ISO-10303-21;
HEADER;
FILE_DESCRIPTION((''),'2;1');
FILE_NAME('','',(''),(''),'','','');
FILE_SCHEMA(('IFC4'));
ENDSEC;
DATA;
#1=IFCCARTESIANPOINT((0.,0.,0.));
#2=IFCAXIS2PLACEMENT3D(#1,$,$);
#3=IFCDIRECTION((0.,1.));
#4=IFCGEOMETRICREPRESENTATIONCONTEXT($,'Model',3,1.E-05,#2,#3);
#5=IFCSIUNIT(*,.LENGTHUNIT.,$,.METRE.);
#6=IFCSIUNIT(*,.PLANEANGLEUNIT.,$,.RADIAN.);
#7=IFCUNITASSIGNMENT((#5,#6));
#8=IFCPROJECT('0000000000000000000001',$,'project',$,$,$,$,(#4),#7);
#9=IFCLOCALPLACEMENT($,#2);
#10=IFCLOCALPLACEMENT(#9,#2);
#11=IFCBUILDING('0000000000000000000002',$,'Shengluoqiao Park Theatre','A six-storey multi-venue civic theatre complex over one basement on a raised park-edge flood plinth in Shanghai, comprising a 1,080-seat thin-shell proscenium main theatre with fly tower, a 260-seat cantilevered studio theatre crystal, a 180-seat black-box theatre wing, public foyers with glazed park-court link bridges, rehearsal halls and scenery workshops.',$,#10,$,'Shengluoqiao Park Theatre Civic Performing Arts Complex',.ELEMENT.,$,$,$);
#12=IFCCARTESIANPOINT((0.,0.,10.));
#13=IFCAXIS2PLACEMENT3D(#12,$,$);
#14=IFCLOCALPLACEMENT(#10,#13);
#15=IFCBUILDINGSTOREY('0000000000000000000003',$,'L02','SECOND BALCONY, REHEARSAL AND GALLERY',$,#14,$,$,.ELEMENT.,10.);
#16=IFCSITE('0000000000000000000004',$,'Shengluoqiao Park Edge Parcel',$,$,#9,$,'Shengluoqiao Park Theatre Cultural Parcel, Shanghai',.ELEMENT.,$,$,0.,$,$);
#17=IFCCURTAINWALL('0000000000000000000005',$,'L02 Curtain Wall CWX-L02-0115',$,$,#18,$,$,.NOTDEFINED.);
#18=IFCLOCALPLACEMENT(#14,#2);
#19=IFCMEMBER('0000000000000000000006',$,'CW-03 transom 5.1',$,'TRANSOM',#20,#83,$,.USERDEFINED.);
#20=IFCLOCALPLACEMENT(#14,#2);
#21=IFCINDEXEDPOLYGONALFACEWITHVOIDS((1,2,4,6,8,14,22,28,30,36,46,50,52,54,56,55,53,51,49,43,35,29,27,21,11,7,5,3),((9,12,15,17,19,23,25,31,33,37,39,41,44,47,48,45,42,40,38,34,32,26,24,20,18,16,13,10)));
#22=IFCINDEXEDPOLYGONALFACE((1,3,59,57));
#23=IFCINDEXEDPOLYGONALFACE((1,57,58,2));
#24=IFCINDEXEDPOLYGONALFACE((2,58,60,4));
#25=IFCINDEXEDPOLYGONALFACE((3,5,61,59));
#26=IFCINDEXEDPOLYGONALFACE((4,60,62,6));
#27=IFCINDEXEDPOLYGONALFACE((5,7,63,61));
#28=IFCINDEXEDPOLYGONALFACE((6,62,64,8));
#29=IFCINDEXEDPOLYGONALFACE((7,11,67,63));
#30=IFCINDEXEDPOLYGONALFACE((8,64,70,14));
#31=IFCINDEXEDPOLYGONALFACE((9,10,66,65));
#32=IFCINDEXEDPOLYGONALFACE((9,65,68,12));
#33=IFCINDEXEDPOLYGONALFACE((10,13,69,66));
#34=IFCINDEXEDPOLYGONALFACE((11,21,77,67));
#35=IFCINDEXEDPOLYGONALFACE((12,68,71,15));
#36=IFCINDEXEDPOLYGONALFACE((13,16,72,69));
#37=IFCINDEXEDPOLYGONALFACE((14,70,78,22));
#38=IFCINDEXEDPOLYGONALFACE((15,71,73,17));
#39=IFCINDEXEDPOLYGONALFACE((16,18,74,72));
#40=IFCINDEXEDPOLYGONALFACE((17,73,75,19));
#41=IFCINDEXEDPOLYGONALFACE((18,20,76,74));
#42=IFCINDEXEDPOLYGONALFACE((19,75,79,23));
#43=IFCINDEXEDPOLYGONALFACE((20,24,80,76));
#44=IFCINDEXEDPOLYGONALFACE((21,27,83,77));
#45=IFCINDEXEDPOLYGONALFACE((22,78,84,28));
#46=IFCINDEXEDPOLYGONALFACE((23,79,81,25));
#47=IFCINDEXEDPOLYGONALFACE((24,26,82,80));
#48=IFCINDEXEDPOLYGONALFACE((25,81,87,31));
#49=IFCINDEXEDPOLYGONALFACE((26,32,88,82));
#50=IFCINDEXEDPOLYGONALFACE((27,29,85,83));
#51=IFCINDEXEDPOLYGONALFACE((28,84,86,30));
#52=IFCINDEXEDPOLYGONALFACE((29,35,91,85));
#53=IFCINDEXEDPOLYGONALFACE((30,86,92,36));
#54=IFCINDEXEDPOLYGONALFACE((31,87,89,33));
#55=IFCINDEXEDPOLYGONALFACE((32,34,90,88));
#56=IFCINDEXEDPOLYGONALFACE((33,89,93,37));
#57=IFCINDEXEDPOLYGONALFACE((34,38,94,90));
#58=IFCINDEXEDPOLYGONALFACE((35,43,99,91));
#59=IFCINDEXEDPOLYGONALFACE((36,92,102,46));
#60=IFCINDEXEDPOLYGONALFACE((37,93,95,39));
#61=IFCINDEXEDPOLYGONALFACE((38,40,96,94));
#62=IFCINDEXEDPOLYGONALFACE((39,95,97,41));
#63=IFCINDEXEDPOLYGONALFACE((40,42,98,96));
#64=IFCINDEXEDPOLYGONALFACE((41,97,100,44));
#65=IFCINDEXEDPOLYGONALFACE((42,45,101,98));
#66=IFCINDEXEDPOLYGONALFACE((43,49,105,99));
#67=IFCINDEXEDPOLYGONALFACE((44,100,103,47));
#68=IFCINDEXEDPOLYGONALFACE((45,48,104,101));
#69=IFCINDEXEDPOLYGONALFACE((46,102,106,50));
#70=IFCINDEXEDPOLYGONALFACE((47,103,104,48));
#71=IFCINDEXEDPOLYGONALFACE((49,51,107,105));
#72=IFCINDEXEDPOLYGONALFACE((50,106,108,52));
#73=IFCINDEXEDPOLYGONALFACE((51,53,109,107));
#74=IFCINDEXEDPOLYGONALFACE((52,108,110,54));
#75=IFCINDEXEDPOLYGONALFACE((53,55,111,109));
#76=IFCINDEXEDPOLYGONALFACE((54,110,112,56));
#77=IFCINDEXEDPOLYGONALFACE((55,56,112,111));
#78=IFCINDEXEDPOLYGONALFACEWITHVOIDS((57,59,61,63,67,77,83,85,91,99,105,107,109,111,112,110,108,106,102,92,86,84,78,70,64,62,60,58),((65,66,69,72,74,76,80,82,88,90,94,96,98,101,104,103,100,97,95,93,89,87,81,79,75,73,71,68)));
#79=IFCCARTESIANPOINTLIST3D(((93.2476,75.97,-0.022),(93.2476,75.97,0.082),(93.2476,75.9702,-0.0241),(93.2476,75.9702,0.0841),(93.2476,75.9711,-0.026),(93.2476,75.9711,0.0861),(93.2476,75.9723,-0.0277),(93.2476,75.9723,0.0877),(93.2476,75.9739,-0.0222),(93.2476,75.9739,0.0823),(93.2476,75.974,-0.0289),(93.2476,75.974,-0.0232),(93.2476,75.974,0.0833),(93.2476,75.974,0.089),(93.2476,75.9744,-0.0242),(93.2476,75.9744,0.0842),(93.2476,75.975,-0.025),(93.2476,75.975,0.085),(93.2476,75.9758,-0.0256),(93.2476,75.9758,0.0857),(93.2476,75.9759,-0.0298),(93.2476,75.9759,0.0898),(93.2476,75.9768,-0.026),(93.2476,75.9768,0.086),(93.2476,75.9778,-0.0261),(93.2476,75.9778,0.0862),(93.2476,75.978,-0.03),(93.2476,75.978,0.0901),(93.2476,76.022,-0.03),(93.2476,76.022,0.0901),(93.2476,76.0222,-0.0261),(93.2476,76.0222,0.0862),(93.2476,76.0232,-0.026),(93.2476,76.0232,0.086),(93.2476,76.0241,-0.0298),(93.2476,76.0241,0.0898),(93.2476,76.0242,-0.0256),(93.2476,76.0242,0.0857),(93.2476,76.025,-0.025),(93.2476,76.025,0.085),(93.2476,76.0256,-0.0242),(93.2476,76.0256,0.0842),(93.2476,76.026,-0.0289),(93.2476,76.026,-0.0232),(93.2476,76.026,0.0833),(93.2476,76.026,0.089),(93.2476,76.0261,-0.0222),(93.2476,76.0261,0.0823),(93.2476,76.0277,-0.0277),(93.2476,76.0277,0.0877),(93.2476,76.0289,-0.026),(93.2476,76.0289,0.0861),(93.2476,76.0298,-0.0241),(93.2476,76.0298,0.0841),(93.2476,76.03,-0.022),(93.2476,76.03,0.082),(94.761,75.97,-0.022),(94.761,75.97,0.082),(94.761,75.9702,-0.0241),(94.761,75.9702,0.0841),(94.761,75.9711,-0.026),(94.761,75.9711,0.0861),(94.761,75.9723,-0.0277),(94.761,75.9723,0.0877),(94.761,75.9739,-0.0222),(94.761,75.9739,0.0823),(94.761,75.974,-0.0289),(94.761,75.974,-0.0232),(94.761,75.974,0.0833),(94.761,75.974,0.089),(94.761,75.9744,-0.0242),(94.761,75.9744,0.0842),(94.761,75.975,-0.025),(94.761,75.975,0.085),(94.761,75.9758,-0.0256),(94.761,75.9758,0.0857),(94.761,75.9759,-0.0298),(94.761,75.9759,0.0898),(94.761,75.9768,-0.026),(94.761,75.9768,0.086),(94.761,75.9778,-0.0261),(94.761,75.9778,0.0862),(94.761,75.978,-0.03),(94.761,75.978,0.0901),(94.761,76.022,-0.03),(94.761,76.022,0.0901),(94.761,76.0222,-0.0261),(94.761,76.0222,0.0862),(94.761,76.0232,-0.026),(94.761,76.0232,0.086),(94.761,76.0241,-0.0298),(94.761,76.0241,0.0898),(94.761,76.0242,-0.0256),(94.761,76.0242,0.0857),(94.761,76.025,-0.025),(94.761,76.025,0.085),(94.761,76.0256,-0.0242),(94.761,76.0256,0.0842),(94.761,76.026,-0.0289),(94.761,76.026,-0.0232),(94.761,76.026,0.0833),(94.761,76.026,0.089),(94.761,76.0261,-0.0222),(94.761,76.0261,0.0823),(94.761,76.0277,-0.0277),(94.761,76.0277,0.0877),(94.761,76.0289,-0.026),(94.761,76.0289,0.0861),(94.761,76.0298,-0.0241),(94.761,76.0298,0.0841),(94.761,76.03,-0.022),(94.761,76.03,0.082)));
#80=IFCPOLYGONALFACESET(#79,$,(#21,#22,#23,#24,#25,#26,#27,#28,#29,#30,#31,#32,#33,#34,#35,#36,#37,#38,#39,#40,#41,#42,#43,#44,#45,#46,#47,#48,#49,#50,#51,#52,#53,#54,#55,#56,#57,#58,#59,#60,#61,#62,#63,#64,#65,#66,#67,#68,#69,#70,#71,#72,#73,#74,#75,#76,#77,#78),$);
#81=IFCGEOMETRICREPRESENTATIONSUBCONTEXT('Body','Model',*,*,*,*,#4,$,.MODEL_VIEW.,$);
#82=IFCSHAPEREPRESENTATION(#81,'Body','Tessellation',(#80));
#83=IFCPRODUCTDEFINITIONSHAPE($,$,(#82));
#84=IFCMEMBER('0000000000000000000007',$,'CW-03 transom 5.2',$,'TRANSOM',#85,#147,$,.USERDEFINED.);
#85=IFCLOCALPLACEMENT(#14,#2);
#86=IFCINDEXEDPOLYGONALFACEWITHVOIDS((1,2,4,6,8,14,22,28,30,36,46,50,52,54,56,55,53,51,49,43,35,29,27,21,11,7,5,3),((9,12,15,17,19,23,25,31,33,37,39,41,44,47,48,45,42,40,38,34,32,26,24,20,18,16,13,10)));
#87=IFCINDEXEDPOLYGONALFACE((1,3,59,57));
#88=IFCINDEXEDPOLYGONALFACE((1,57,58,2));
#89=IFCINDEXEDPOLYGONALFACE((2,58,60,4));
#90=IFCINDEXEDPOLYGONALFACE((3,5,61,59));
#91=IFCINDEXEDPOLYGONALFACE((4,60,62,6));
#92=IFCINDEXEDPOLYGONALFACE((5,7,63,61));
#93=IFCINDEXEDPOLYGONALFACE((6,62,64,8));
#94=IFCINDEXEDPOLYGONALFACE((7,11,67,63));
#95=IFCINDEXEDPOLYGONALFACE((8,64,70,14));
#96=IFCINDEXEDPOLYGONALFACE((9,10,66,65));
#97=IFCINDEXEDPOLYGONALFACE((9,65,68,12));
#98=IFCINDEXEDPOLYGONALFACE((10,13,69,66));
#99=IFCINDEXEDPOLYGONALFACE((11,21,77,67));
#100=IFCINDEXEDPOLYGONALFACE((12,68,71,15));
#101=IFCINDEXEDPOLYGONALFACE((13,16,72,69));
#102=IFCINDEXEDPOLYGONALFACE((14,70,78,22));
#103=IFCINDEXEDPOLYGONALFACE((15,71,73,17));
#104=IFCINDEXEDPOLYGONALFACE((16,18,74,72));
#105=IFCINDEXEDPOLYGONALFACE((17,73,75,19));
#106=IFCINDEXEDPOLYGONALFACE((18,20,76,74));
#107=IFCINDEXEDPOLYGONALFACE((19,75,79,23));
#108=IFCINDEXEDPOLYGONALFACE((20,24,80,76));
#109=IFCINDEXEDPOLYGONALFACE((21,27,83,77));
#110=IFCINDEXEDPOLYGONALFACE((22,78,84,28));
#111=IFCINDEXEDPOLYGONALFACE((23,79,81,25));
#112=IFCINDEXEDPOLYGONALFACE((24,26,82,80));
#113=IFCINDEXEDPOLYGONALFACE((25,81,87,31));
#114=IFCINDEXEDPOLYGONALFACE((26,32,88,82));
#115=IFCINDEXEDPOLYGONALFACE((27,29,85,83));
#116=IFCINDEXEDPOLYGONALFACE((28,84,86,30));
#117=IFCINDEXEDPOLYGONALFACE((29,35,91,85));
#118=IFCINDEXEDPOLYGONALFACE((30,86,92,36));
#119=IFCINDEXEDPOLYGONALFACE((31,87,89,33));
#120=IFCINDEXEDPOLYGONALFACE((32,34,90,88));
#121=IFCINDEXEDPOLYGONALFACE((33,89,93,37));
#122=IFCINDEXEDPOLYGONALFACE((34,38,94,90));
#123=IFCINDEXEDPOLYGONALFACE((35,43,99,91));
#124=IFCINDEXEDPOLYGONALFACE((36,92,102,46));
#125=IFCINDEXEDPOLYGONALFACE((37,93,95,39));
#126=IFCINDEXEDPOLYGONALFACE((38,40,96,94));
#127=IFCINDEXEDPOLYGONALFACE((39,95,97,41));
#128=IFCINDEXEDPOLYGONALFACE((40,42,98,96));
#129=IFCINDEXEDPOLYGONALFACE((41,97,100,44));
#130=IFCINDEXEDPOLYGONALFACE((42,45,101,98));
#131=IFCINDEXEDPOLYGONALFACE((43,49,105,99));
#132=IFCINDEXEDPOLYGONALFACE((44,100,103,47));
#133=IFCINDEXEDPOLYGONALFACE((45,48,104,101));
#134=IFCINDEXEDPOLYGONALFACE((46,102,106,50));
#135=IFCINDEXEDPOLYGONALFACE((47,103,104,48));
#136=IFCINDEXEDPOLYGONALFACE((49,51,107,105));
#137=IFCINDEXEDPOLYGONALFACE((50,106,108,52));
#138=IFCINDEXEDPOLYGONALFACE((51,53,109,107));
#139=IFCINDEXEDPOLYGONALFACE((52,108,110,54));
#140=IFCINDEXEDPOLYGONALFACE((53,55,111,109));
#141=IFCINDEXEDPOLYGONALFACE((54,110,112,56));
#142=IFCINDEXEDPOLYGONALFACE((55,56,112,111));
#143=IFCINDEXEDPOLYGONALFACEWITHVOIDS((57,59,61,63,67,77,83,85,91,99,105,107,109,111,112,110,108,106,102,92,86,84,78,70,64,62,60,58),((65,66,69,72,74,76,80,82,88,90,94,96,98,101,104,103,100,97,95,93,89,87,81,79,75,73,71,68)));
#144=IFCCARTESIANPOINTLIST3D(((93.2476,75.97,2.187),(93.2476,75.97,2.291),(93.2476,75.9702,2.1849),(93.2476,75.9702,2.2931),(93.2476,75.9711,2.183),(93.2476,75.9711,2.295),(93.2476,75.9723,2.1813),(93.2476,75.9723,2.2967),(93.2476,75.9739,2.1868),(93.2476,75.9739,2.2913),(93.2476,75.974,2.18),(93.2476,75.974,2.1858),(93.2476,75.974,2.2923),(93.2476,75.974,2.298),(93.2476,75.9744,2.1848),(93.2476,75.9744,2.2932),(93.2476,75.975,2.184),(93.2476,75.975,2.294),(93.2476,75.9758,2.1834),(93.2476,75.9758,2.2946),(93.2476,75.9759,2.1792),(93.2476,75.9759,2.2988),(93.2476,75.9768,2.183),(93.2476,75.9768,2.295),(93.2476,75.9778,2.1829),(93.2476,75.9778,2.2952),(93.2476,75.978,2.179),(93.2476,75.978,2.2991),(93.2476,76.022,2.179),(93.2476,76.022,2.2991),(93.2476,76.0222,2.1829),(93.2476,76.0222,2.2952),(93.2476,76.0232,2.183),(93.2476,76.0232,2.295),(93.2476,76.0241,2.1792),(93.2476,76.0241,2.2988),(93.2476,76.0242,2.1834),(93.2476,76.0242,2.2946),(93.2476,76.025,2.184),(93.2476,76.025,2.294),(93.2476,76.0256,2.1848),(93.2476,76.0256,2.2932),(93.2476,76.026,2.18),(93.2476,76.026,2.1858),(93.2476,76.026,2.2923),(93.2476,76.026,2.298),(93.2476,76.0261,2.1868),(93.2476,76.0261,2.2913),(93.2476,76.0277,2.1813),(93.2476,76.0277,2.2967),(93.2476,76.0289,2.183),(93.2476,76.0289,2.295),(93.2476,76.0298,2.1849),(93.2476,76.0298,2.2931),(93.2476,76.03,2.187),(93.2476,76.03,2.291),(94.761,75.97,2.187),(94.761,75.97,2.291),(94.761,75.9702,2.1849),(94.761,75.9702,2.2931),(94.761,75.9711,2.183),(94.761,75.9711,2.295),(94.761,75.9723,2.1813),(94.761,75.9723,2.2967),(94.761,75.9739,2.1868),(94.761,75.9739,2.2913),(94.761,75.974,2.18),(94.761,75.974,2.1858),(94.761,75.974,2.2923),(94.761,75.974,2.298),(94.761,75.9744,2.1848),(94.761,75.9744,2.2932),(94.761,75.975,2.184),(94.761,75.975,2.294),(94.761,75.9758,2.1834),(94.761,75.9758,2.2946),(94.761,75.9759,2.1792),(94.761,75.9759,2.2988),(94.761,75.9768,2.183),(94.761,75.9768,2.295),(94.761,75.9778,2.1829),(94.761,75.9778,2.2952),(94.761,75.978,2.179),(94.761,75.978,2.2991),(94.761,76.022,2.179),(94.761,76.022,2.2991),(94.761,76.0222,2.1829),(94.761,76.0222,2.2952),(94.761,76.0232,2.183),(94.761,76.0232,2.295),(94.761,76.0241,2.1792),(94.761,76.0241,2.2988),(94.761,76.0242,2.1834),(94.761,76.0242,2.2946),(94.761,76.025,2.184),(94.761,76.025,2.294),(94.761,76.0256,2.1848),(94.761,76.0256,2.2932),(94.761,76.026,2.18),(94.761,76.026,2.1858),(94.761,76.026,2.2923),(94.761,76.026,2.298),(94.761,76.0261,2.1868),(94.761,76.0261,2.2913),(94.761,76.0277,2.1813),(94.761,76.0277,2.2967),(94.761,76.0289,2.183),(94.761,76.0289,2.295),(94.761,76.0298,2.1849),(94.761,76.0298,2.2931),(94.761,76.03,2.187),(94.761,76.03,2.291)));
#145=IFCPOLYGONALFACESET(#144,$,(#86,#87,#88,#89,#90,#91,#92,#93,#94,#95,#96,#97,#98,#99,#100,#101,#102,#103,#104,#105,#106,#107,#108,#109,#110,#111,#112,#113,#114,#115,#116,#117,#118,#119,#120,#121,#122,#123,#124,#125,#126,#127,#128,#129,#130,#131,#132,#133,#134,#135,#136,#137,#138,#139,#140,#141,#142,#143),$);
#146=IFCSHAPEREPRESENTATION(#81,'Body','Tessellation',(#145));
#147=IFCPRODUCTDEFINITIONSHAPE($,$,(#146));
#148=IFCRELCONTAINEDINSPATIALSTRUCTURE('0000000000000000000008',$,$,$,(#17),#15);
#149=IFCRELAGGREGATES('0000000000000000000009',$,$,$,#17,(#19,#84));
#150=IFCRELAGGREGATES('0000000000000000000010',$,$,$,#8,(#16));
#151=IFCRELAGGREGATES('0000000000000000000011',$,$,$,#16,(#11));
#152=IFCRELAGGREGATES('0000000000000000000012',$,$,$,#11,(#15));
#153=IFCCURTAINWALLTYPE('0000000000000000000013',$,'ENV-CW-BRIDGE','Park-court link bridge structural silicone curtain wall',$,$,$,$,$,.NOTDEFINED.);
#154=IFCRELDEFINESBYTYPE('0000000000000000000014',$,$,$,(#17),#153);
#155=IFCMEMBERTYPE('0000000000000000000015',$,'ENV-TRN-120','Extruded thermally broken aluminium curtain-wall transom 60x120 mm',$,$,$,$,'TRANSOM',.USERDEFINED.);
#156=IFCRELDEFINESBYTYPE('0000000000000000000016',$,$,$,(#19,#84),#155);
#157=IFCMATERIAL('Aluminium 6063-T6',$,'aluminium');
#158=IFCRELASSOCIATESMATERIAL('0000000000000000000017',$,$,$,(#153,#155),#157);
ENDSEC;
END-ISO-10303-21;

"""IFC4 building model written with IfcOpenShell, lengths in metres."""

from ifc_helpers import new_model, si_unit, direction, frame, origin, origin_2d, place, context, subcontext, project, spatial, hollow_rectangle, extrude, material, material_profile, profile_set, type_object, element, aggregate, save


model = new_model("IFC4")

# Units and contexts
model_context = context("Model", 3, precision=1e-05, world=origin(), true_north=direction((0.0, 1.0)))
body_context = subcontext(model_context, "Body", "Model", "MODEL_VIEW")
ifc_project = project(units=[si_unit("LENGTHUNIT", "METRE"), si_unit("PLANEANGLEUNIT", "RADIAN")], contexts=[model_context])

# Site, building, storey
site_placement = place(None, origin())
site = spatial("IfcSite", under=ifc_project, at=site_placement, Name="Shengluoqiao Park Edge Parcel", LongName="Shengluoqiao Park Theatre Cultural Parcel, Shanghai", CompositionType="ELEMENT", RefElevation=0.0)
building_placement = place(site_placement, origin())
building = spatial("IfcBuilding", under=site, at=building_placement, Name="Shengluoqiao Park Theatre", Description="A six-storey multi-venue civic theatre complex over one basement on a raised park-edge flood plinth in Shanghai, comprising a 1,080-seat thin-shell proscenium main theatre with fly tower, a 260-seat cantilevered studio theatre crystal, a 180-seat black-box theatre wing, public foyers with glazed park-court link bridges, rehearsal halls and scenery workshops.", LongName="Shengluoqiao Park Theatre Civic Performing Arts Complex", CompositionType="ELEMENT")
storey_placement = place(building_placement, frame((0.0, 0.0, 10.0)))
storey = spatial("IfcBuildingStorey", under=building, at=storey_placement, Name="L02", Description="SECOND BALCONY, REHEARSAL AND GALLERY", CompositionType="ELEMENT", Elevation=10.0)

# Curtain wall
ifc_material_1 = material(Name="Aluminium 6063-T6", Category="aluminium")
curtain_wall_type = type_object("IfcCurtainWallType", Name="ENV-CW-BRIDGE", Description="Park-court link bridge structural silicone curtain wall", PredefinedType="NOTDEFINED", material=ifc_material_1)
curtain_wall_1_placement = place(storey_placement, origin())
curtain_wall_1 = element("IfcCurtainWall", 1, at=curtain_wall_1_placement, inside=storey, type_object=curtain_wall_type, Name="L02 Curtain Wall CWX-L02-0115", PredefinedType="NOTDEFINED")

# Members
ifc_material_profile_1 = material_profile(ifc_material_1, hollow_rectangle(XDim=0.0601, YDim=0.1201, WallThickness=0.0039, InnerFilletRadius=0.0039, OuterFilletRadius=0.0081, at=origin_2d()), Name="ALU TRANSOM 120x60x4")
ifc_profile_set_1 = profile_set([ifc_material_profile_1], Name="Aluminium 6063-T6")
member_type_1 = type_object("IfcMemberType", Name="ENV-TRN-120", Description="Extruded thermally broken aluminium curtain-wall transom 60x120 mm", ElementType="TRANSOM", PredefinedType="USERDEFINED", material=ifc_profile_set_1)
member_1_placement = place(storey_placement, frame((93.2476, 76.0, 0.03), z_axis=(1.0, 0.0, 0.0), x_axis=(0.0, 1.0, 0.0)))
member_1 = element("IfcMember", 2, at=member_1_placement, type_object=member_type_1, Name="CW-03 transom 5.1", ObjectType="TRANSOM", PredefinedType="USERDEFINED", context=body_context, shape_type="SweptSolid", body=[
    extrude(hollow_rectangle(XDim=0.0601, YDim=0.1201, WallThickness=0.0039, InnerFilletRadius=0.0039, OuterFilletRadius=0.0081, at=origin_2d()), origin(), (0.0, 0.0, 1.0), 1.5134),
])
member_2_placement = place(storey_placement, frame((93.2476, 76.0, 2.239), z_axis=(1.0, 0.0, 0.0), x_axis=(0.0, 1.0, 0.0)))
member_2 = element("IfcMember", 3, at=member_2_placement, type_object=member_type_1, Name="CW-03 transom 5.2", ObjectType="TRANSOM", PredefinedType="USERDEFINED", context=body_context, shape_type="SweptSolid", body=[
    extrude(hollow_rectangle(XDim=0.0601, YDim=0.1201, WallThickness=0.0039, InnerFilletRadius=0.0039, OuterFilletRadius=0.0081, at=origin_2d()), origin(), (0.0, 0.0, 1.0), 1.5134),
])

aggregate(curtain_wall_1, [member_1, member_2])

save(model, "model.ifc")
